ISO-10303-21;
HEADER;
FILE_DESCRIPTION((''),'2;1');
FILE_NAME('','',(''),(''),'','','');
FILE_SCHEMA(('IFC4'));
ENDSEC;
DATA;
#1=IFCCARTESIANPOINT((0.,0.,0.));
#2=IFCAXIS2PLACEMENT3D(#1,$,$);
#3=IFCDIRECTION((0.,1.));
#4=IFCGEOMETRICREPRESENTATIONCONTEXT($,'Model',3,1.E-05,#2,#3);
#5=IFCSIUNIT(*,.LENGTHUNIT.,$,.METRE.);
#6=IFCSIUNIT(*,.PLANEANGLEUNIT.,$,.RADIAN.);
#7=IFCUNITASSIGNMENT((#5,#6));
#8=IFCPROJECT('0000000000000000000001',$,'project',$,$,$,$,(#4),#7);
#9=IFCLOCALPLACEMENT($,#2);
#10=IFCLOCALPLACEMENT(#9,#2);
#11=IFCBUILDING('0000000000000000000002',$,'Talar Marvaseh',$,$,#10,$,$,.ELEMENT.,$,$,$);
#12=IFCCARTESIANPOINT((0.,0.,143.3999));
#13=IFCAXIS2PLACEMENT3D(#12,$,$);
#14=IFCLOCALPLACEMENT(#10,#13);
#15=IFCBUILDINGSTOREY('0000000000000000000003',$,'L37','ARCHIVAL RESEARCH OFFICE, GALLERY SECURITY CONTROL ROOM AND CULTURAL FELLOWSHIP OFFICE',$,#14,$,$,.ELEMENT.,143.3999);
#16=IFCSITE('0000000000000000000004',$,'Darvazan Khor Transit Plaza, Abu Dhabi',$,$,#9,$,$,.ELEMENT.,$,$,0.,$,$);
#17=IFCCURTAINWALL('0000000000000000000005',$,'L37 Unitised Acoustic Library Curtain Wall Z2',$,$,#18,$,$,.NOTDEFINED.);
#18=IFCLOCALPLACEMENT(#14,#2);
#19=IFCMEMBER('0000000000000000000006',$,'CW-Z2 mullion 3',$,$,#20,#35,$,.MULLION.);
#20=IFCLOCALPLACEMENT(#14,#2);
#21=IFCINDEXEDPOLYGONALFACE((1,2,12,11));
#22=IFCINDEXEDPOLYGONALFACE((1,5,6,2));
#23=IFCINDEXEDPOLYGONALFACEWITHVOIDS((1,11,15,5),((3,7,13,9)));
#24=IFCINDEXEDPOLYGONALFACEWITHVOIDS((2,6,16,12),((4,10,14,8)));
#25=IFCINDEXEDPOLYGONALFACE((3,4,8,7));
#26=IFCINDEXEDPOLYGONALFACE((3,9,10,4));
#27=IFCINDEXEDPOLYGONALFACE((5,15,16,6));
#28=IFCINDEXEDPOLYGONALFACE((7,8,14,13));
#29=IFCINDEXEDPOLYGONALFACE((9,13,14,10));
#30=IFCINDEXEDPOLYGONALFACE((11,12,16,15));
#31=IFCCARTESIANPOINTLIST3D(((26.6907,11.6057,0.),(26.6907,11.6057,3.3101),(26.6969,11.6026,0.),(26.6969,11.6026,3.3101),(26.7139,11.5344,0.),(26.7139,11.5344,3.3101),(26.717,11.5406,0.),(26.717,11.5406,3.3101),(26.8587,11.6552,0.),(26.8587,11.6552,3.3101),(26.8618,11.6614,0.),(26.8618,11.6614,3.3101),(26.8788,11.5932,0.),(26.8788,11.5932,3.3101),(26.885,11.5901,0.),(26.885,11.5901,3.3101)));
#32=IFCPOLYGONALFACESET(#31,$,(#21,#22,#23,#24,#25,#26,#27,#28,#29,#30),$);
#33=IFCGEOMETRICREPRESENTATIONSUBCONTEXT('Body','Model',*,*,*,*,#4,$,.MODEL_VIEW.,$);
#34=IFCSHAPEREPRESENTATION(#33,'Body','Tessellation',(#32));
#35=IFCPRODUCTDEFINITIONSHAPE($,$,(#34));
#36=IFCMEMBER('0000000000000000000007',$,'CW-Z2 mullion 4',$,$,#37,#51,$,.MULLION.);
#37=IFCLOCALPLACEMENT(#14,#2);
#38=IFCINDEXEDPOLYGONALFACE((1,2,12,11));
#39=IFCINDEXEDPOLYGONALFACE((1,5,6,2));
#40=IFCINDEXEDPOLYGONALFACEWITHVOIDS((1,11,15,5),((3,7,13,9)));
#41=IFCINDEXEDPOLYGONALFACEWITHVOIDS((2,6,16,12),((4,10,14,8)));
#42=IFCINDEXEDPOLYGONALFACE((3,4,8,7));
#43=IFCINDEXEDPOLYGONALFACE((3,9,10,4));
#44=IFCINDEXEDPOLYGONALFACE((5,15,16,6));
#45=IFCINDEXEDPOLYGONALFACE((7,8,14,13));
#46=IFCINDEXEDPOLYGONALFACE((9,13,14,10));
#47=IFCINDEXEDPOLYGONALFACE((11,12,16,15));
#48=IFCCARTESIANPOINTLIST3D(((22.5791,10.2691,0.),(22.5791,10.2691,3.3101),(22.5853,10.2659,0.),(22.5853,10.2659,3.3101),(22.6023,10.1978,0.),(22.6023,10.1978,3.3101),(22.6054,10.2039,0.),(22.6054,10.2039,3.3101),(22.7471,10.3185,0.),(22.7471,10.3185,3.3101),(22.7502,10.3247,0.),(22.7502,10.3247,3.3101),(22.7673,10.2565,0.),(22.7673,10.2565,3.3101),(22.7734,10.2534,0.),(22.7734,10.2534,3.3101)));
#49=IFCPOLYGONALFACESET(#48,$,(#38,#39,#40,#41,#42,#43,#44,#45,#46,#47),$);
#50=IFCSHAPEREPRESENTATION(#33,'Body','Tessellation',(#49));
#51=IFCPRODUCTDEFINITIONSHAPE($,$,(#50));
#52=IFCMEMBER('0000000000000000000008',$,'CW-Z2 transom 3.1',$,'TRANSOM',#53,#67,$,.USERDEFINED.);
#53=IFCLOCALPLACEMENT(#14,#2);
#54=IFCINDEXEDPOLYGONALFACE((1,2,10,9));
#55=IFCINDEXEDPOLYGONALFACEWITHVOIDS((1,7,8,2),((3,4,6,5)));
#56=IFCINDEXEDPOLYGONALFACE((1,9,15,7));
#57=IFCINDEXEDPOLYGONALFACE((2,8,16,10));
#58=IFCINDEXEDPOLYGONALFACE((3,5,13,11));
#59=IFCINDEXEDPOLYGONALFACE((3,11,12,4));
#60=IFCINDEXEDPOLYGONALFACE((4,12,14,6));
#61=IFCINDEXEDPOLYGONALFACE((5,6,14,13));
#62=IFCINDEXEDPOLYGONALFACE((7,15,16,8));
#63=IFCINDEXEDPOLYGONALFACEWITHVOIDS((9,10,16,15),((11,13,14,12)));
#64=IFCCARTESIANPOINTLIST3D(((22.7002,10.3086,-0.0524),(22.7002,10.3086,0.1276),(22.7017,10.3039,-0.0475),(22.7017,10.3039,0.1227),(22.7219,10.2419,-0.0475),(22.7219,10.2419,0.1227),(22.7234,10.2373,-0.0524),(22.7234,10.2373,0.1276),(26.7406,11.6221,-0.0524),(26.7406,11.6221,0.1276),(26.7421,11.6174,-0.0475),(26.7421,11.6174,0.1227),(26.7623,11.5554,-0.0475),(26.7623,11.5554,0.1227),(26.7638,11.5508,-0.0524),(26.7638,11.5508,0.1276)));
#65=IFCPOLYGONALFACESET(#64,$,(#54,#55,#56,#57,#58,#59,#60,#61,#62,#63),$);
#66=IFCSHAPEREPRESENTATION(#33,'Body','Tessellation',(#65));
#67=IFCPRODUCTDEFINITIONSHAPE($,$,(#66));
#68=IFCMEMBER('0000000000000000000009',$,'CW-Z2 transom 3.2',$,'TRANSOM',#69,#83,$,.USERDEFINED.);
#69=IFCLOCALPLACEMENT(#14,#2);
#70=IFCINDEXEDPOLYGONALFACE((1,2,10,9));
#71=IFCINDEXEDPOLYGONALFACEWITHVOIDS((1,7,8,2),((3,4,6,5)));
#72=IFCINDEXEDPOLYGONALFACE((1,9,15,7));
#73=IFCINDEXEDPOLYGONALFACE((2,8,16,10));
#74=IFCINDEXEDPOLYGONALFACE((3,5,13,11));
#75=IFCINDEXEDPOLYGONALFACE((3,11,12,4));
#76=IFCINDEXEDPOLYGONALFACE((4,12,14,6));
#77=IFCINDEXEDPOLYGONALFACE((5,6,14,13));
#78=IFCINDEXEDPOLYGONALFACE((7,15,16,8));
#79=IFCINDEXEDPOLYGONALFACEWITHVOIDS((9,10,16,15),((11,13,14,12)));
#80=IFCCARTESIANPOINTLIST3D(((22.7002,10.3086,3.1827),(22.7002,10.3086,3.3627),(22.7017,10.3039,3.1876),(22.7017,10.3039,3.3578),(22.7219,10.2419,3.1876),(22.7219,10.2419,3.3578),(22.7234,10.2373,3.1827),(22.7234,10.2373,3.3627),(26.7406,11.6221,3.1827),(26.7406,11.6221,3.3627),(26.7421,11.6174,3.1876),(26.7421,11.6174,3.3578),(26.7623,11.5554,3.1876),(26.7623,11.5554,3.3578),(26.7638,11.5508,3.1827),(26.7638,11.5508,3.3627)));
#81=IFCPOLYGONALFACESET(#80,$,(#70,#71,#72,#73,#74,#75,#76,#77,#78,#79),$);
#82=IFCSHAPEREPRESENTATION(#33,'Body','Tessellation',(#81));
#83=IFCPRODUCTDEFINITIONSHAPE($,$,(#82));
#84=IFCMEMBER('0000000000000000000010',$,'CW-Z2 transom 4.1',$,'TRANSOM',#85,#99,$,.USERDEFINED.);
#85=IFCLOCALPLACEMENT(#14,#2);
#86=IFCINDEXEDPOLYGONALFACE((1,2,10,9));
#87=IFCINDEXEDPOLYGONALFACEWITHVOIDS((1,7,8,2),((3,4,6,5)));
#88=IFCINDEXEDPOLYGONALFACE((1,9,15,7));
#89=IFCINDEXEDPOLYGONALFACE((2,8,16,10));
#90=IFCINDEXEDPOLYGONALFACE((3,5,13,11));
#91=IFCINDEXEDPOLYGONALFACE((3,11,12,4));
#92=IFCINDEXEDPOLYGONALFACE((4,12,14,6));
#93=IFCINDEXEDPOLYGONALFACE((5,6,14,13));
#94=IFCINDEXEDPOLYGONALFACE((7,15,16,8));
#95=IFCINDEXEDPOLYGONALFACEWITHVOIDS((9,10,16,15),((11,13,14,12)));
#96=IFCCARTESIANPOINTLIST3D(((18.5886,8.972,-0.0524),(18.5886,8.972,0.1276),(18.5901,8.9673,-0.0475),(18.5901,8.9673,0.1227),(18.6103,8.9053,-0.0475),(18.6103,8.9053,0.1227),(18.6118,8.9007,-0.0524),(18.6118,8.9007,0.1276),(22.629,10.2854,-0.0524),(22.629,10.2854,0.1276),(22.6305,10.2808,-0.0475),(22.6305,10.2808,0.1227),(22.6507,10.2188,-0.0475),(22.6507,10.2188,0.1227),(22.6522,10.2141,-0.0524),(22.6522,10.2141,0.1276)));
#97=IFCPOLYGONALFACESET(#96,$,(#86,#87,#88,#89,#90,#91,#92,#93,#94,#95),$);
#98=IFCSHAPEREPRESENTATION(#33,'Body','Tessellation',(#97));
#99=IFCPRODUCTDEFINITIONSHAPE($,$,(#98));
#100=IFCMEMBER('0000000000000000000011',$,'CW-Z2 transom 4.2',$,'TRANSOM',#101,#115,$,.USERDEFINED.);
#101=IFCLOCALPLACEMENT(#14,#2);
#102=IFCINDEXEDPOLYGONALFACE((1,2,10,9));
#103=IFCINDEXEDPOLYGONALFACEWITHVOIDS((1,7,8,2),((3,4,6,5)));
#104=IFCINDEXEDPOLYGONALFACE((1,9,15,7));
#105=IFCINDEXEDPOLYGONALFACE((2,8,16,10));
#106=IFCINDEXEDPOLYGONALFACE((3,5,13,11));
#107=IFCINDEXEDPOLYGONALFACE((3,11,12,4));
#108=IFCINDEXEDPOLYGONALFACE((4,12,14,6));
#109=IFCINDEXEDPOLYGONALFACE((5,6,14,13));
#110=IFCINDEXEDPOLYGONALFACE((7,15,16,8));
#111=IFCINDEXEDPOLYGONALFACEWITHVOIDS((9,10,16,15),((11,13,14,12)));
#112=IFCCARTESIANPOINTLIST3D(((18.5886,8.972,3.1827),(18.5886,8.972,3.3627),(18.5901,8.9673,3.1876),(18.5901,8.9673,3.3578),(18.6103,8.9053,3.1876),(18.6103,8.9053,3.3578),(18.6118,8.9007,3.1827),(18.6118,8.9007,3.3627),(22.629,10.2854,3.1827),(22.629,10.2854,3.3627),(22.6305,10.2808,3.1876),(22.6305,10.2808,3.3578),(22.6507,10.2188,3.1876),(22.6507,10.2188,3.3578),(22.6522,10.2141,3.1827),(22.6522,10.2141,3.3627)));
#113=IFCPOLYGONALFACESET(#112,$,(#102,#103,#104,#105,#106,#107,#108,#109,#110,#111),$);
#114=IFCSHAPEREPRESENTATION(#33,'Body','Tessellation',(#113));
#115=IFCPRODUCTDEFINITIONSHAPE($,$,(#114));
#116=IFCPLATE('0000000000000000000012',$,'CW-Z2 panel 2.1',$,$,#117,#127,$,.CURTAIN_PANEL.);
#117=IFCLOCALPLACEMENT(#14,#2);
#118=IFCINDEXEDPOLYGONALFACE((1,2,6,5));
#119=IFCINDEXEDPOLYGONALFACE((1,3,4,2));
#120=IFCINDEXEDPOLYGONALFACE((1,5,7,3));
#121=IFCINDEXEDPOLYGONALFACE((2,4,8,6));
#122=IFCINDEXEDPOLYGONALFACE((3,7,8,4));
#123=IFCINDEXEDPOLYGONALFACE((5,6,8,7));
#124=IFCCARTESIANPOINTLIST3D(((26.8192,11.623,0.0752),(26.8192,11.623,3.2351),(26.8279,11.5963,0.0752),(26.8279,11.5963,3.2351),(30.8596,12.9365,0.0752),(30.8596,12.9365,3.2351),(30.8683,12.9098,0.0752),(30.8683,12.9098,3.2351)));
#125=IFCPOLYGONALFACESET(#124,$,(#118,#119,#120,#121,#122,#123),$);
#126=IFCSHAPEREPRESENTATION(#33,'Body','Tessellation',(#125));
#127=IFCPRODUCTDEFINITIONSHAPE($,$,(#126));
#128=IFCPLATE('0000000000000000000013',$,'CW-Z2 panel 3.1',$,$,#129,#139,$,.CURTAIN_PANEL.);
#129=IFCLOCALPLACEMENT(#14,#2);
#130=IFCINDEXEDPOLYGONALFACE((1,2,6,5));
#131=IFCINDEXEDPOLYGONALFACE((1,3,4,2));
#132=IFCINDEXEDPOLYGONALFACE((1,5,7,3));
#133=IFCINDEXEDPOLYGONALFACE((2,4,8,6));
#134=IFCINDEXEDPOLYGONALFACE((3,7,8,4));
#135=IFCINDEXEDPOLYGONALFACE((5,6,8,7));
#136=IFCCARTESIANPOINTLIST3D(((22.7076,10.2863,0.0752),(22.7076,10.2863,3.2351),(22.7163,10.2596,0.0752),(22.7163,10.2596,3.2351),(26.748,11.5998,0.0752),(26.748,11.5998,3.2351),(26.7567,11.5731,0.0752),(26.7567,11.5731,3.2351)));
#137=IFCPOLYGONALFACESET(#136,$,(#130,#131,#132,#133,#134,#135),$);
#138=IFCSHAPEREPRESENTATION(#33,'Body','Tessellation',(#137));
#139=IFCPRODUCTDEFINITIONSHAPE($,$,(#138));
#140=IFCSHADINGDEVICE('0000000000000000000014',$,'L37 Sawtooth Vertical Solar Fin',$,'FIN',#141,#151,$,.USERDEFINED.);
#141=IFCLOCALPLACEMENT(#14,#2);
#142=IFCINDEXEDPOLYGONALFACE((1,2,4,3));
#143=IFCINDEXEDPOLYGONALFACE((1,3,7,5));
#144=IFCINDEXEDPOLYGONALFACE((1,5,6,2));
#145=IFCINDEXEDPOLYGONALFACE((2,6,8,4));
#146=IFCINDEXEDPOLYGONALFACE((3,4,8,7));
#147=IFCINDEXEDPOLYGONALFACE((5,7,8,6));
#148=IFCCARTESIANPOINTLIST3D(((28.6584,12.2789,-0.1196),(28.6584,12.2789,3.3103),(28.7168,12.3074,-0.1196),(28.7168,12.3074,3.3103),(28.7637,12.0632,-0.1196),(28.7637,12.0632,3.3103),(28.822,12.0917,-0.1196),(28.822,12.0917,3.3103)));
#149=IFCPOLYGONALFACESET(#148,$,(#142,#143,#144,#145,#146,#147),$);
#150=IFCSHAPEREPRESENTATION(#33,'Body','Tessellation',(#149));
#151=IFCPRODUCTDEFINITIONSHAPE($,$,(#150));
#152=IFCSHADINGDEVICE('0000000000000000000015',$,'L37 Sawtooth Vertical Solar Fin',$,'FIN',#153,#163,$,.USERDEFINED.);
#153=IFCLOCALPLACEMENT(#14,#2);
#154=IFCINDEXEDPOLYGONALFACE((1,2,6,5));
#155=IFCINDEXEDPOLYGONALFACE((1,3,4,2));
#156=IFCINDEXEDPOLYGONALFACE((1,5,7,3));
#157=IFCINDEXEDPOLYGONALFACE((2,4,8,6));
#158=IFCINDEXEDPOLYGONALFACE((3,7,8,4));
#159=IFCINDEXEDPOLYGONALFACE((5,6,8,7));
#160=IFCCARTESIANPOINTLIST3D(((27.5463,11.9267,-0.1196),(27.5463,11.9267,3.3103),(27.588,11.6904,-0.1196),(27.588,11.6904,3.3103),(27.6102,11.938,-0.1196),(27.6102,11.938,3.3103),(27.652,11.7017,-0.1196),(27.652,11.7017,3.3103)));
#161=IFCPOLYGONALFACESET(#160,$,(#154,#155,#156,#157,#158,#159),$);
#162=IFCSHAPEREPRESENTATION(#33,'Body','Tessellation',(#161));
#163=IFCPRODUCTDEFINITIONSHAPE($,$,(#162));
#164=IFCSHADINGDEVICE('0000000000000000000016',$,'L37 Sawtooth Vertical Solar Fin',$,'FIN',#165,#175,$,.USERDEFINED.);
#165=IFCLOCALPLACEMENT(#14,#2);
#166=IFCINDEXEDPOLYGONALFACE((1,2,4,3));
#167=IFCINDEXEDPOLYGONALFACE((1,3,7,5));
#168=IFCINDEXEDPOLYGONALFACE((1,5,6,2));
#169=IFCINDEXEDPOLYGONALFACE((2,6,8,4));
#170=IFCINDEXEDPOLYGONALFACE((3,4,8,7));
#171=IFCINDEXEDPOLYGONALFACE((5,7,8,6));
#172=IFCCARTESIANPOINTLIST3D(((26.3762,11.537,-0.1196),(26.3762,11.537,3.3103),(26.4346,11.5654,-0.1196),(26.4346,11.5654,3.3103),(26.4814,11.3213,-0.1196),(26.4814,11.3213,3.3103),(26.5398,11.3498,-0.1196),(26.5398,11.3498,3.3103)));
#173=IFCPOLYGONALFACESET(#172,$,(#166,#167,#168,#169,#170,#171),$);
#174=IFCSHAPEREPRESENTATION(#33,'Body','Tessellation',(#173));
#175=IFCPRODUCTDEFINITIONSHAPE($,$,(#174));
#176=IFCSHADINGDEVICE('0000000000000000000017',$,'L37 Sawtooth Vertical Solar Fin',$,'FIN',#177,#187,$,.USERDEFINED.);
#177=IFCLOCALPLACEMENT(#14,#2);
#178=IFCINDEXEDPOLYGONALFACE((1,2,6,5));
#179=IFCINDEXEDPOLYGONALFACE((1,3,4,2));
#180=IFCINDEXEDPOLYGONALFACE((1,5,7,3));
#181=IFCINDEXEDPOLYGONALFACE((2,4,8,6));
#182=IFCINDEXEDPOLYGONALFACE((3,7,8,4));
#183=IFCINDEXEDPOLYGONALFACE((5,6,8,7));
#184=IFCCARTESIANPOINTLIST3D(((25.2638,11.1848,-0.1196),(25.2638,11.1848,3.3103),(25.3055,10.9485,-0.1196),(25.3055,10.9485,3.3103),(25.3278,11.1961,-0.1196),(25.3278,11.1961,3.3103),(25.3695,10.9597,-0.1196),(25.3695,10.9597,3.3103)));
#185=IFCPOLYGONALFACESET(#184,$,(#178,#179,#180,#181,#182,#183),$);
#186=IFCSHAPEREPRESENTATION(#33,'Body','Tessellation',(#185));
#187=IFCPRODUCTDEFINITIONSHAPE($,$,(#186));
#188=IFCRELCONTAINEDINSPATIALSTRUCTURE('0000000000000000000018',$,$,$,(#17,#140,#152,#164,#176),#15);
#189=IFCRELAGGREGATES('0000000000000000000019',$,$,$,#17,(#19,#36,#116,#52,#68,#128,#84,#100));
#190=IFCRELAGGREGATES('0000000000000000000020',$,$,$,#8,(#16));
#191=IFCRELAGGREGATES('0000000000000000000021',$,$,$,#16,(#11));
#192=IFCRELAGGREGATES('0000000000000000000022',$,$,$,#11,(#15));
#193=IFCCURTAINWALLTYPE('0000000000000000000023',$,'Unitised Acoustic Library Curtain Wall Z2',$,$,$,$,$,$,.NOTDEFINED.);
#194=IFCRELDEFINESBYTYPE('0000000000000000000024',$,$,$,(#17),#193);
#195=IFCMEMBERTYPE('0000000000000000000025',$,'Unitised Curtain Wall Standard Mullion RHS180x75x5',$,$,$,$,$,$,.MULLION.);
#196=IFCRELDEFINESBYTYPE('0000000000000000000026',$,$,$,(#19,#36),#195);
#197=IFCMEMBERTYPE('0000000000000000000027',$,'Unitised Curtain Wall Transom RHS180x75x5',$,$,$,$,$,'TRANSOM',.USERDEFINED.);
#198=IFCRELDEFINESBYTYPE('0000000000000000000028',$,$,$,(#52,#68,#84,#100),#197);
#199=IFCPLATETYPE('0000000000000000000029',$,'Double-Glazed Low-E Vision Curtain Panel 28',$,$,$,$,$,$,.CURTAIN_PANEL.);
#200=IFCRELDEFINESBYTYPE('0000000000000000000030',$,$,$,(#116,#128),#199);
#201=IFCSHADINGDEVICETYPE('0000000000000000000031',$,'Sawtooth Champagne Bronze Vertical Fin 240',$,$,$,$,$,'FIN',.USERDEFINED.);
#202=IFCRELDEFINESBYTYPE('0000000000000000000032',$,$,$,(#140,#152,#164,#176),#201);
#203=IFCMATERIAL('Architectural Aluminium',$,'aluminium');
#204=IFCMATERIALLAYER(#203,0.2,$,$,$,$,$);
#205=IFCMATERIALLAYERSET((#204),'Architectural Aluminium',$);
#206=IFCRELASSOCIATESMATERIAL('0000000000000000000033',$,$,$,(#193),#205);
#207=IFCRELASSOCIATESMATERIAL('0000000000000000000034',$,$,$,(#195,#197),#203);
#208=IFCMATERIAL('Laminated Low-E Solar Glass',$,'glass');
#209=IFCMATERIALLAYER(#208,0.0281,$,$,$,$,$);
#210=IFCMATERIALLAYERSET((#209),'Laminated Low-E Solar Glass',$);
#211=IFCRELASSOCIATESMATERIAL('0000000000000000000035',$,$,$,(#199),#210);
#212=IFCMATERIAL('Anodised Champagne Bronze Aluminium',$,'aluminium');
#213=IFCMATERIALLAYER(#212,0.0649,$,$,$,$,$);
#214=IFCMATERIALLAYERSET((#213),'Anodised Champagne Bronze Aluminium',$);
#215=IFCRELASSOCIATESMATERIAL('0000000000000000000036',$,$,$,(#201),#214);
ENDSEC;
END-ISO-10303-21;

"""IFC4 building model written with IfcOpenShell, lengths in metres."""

from ifc_helpers import new_model, si_unit, direction, frame, origin, origin_2d, place, context, subcontext, project, spatial, rectangle, hollow_rectangle, extrude, source, transform, mapped, material, layer, layer_set, material_profile, profile_set, type_object, type_shapes, element, aggregate, save


model = new_model("IFC4")

# Units and contexts
model_context = context("Model", 3, precision=1e-05, world=origin(), true_north=direction((0.0, 1.0)))
body_context = subcontext(model_context, "Body", "Model", "MODEL_VIEW")
ifc_project = project(units=[si_unit("LENGTHUNIT", "METRE"), si_unit("PLANEANGLEUNIT", "RADIAN")], contexts=[model_context])

# Site, building, storey
site_placement = place(None, origin())
site = spatial("IfcSite", under=ifc_project, at=site_placement, Name="Darvazan Khor Transit Plaza, Abu Dhabi", CompositionType="ELEMENT", RefElevation=0.0)
building_placement = place(site_placement, origin())
building = spatial("IfcBuilding", under=site, at=building_placement, Name="Talar Marvaseh", CompositionType="ELEMENT")
storey_placement = place(building_placement, frame((0.0, 0.0, 143.3999)))
storey = spatial("IfcBuildingStorey", under=building, at=storey_placement, Name="L37", Description="ARCHIVAL RESEARCH OFFICE, GALLERY SECURITY CONTROL ROOM AND CULTURAL FELLOWSHIP OFFICE", CompositionType="ELEMENT", Elevation=143.3999)

# Curtain wall, members, plates
ifc_material_1 = material(Name="Architectural Aluminium", Category="aluminium")
ifc_layer_1 = layer(ifc_material_1, 0.2)
ifc_layer_set_1 = layer_set([ifc_layer_1], Name="Architectural Aluminium")
curtain_wall_type = type_object("IfcCurtainWallType", Name="Unitised Acoustic Library Curtain Wall Z2", PredefinedType="NOTDEFINED", material=ifc_layer_set_1)
curtain_wall_placement = place(storey_placement, origin())
curtain_wall = element("IfcCurtainWall", 1, at=curtain_wall_placement, inside=storey, type_object=curtain_wall_type, Name="L37 Unitised Acoustic Library Curtain Wall Z2", PredefinedType="NOTDEFINED")
ifc_material_profile_1 = material_profile(ifc_material_1, hollow_rectangle(XDim=0.075, YDim=0.1799, WallThickness=0.0049, at=origin_2d()), Name="RHS180x75x5")
ifc_profile_set_1 = profile_set([ifc_material_profile_1], Name="Architectural Aluminium")
member_type_1 = type_object("IfcMemberType", Name="Unitised Curtain Wall Standard Mullion RHS180x75x5", PredefinedType="MULLION", material=ifc_profile_set_1)
shared_shape_1 = source(origin(), body_context, "Body", "SweptSolid", [
    extrude(hollow_rectangle(XDim=0.075, YDim=0.1799, WallThickness=0.0049, at=origin_2d()), origin(), (0.0, 0.0, 1.0), 3.3101),
])
type_shapes(member_type_1, [shared_shape_1])
member_1_placement = place(storey_placement, frame((26.7878, 11.5979, 0.0), z_axis=(0.0, 0.0, 1.0), x_axis=(0.309164, -0.951009, 0.0)))
member_1 = element("IfcMember", 2, at=member_1_placement, type_object=member_type_1, Name="CW-Z2 mullion 3", PredefinedType="MULLION", context=body_context, shape_type="MappedRepresentation", body=[
    mapped(shared_shape_1, transform((0.0, 0.0, 0.0), x_axis=(1.0, 0.0, 0.0), y_axis=(0.0, 1.0, 0.0), z_axis=(0.0, 0.0, 1.0), scale=1.0)),
])
member_2_placement = place(storey_placement, frame((22.6763, 10.2612, 0.0), z_axis=(0.0, 0.0, 1.0), x_axis=(0.309164, -0.951009, 0.0)))
member_2 = element("IfcMember", 3, at=member_2_placement, type_object=member_type_1, Name="CW-Z2 mullion 4", PredefinedType="MULLION", context=body_context, shape_type="MappedRepresentation", body=[
    mapped(shared_shape_1, transform((0.0, 0.0, 0.0), x_axis=(1.0, 0.0, 0.0), y_axis=(0.0, 1.0, 0.0), z_axis=(0.0, 0.0, 1.0), scale=1.0)),
])
ifc_material_profile_2 = material_profile(ifc_material_1, hollow_rectangle(XDim=0.075, YDim=0.1799, WallThickness=0.0049, at=origin_2d()), Name="RHS180x75x5")
ifc_profile_set_2 = profile_set([ifc_material_profile_2], Name="Architectural Aluminium")
member_type_2 = type_object("IfcMemberType", Name="Unitised Curtain Wall Transom RHS180x75x5", ElementType="TRANSOM", PredefinedType="USERDEFINED", material=ifc_profile_set_2)
shared_shape_2 = source(origin(), body_context, "Body", "SweptSolid", [
    extrude(hollow_rectangle(XDim=0.075, YDim=0.1799, WallThickness=0.0049, at=origin_2d()), origin(), (0.0, 0.0, 1.0), 4.2485),
])
type_shapes(member_type_2, [shared_shape_2])
member_3_placement = place(storey_placement, frame((26.7522, 11.5864, 0.0376), z_axis=(-0.951007, -0.309168, 0.0), x_axis=(0.309168, -0.951007, 0.0)))
member_3 = element("IfcMember", 4, at=member_3_placement, type_object=member_type_2, Name="CW-Z2 transom 3.1", ObjectType="TRANSOM", PredefinedType="USERDEFINED", context=body_context, shape_type="MappedRepresentation", body=[
    mapped(shared_shape_2, transform((0.0, 0.0, 0.0), x_axis=(1.0, 0.0, 0.0), y_axis=(0.0, 1.0, 0.0), z_axis=(0.0, 0.0, 1.0), scale=1.0)),
])
member_4_placement = place(storey_placement, frame((26.7522, 11.5864, 3.2727), z_axis=(-0.951007, -0.309168, 0.0), x_axis=(0.309168, -0.951007, 0.0)))
member_4 = element("IfcMember", 5, at=member_4_placement, type_object=member_type_2, Name="CW-Z2 transom 3.2", ObjectType="TRANSOM", PredefinedType="USERDEFINED", context=body_context, shape_type="MappedRepresentation", body=[
    mapped(shared_shape_2, transform((0.0, 0.0, 0.0), x_axis=(1.0, 0.0, 0.0), y_axis=(0.0, 1.0, 0.0), z_axis=(0.0, 0.0, 1.0), scale=1.0)),
])
member_5_placement = place(storey_placement, frame((22.6406, 10.2498, 0.0376), z_axis=(-0.951013, -0.309151, 0.0), x_axis=(0.309151, -0.951013, 0.0)))
member_5 = element("IfcMember", 6, at=member_5_placement, type_object=member_type_2, Name="CW-Z2 transom 4.1", ObjectType="TRANSOM", PredefinedType="USERDEFINED", context=body_context, shape_type="MappedRepresentation", body=[
    mapped(shared_shape_2, transform((0.0, 0.0, 0.0), x_axis=(1.0, 0.0, 0.0), y_axis=(0.0, 1.0, 0.0), z_axis=(0.0, 0.0, 1.0), scale=1.0)),
])
member_6_placement = place(storey_placement, frame((22.6406, 10.2498, 3.2727), z_axis=(-0.951013, -0.309151, 0.0), x_axis=(0.309151, -0.951013, 0.0)))
member_6 = element("IfcMember", 7, at=member_6_placement, type_object=member_type_2, Name="CW-Z2 transom 4.2", ObjectType="TRANSOM", PredefinedType="USERDEFINED", context=body_context, shape_type="MappedRepresentation", body=[
    mapped(shared_shape_2, transform((0.0, 0.0, 0.0), x_axis=(1.0, 0.0, 0.0), y_axis=(0.0, 1.0, 0.0), z_axis=(0.0, 0.0, 1.0), scale=1.0)),
])
ifc_material_2 = material(Name="Laminated Low-E Solar Glass", Category="glass")
ifc_layer_2 = layer(ifc_material_2, 0.0281)
ifc_layer_set_2 = layer_set([ifc_layer_2], Name="Laminated Low-E Solar Glass")
plate_type = type_object("IfcPlateType", Name="Double-Glazed Low-E Vision Curtain Panel 28", PredefinedType="CURTAIN_PANEL", material=ifc_layer_set_2)
shared_shape_3 = source(origin(), body_context, "Body", "SweptSolid", [
    extrude(rectangle(XDim=4.2485, YDim=0.0281, at=origin_2d()), origin(), (0.0, 0.0, 1.0), 3.1599),
])
type_shapes(plate_type, [shared_shape_3])
plate_1_placement = place(storey_placement, frame((28.8438, 12.2664, 0.0752), z_axis=(0.0, 0.0, 1.0), x_axis=(-0.951009, -0.309164, 0.0)))
plate_1 = element("IfcPlate", 8, at=plate_1_placement, type_object=plate_type, Name="CW-Z2 panel 2.1", PredefinedType="CURTAIN_PANEL", context=body_context, shape_type="MappedRepresentation", body=[
    mapped(shared_shape_3, transform((0.0, 0.0, 0.0), x_axis=(1.0, 0.0, 0.0), y_axis=(0.0, 1.0, 0.0), z_axis=(0.0, 0.0, 1.0), scale=1.0)),
])
plate_2_placement = place(storey_placement, frame((24.7322, 10.9297, 0.0752), z_axis=(0.0, 0.0, 1.0), x_axis=(-0.951009, -0.309164, 0.0)))
plate_2 = element("IfcPlate", 9, at=plate_2_placement, type_object=plate_type, Name="CW-Z2 panel 3.1", PredefinedType="CURTAIN_PANEL", context=body_context, shape_type="MappedRepresentation", body=[
    mapped(shared_shape_3, transform((0.0, 0.0, 0.0), x_axis=(1.0, 0.0, 0.0), y_axis=(0.0, 1.0, 0.0), z_axis=(0.0, 0.0, 1.0), scale=1.0)),
])
aggregate(curtain_wall, [member_1, member_2, plate_1, member_3, member_4, plate_2, member_5, member_6])

# Shading devices
ifc_material_3 = material(Name="Anodised Champagne Bronze Aluminium", Category="aluminium")
ifc_layer_3 = layer(ifc_material_3, 0.0649)
ifc_layer_set_3 = layer_set([ifc_layer_3], Name="Anodised Champagne Bronze Aluminium")
shading_device_type = type_object("IfcShadingDeviceType", Name="Sawtooth Champagne Bronze Vertical Fin 240", ElementType="FIN", PredefinedType="USERDEFINED", material=ifc_layer_set_3)
shared_shape_4 = source(origin(), body_context, "Body", "SweptSolid", [
    extrude(rectangle(XDim=0.24, YDim=0.0649, at=origin_2d()), origin(), (0.0, 0.0, 1.0), 3.4299),
])
type_shapes(shading_device_type, [shared_shape_4])
for number, where, z_axis, x_axis, name in (
    (10, (28.7402, 12.1853, -0.1196), (0.0, 0.0, 1.0), (0.438528, -0.898718, 0.0), "L37 Sawtooth Vertical Solar Fin"),
    (11, (27.5991, 11.8142, -0.1196), (0.0, 0.0, 1.0), (0.17382, -0.984777, 0.0), "L37 Sawtooth Vertical Solar Fin"),
    (12, (26.458, 11.4434, -0.1196), (0.0, 0.0, 1.0), (0.438528, -0.898718, 0.0), "L37 Sawtooth Vertical Solar Fin"),
    (13, (25.3167, 11.0723, -0.1196), (0.0, 0.0, 1.0), (0.17382, -0.984777, 0.0), "L37 Sawtooth Vertical Solar Fin"),
):
    element("IfcShadingDevice", number, at=place(storey_placement, frame(where, z_axis=z_axis, x_axis=x_axis)), inside=storey, type_object=shading_device_type, Name=name, ObjectType="FIN", PredefinedType="USERDEFINED", context=body_context, shape_type="MappedRepresentation", body=[
        mapped(shared_shape_4, transform((0.0, 0.0, 0.0), x_axis=(1.0, 0.0, 0.0), y_axis=(0.0, 1.0, 0.0), z_axis=(0.0, 0.0, 1.0), scale=1.0)),
    ])

save(model, "model.ifc")
